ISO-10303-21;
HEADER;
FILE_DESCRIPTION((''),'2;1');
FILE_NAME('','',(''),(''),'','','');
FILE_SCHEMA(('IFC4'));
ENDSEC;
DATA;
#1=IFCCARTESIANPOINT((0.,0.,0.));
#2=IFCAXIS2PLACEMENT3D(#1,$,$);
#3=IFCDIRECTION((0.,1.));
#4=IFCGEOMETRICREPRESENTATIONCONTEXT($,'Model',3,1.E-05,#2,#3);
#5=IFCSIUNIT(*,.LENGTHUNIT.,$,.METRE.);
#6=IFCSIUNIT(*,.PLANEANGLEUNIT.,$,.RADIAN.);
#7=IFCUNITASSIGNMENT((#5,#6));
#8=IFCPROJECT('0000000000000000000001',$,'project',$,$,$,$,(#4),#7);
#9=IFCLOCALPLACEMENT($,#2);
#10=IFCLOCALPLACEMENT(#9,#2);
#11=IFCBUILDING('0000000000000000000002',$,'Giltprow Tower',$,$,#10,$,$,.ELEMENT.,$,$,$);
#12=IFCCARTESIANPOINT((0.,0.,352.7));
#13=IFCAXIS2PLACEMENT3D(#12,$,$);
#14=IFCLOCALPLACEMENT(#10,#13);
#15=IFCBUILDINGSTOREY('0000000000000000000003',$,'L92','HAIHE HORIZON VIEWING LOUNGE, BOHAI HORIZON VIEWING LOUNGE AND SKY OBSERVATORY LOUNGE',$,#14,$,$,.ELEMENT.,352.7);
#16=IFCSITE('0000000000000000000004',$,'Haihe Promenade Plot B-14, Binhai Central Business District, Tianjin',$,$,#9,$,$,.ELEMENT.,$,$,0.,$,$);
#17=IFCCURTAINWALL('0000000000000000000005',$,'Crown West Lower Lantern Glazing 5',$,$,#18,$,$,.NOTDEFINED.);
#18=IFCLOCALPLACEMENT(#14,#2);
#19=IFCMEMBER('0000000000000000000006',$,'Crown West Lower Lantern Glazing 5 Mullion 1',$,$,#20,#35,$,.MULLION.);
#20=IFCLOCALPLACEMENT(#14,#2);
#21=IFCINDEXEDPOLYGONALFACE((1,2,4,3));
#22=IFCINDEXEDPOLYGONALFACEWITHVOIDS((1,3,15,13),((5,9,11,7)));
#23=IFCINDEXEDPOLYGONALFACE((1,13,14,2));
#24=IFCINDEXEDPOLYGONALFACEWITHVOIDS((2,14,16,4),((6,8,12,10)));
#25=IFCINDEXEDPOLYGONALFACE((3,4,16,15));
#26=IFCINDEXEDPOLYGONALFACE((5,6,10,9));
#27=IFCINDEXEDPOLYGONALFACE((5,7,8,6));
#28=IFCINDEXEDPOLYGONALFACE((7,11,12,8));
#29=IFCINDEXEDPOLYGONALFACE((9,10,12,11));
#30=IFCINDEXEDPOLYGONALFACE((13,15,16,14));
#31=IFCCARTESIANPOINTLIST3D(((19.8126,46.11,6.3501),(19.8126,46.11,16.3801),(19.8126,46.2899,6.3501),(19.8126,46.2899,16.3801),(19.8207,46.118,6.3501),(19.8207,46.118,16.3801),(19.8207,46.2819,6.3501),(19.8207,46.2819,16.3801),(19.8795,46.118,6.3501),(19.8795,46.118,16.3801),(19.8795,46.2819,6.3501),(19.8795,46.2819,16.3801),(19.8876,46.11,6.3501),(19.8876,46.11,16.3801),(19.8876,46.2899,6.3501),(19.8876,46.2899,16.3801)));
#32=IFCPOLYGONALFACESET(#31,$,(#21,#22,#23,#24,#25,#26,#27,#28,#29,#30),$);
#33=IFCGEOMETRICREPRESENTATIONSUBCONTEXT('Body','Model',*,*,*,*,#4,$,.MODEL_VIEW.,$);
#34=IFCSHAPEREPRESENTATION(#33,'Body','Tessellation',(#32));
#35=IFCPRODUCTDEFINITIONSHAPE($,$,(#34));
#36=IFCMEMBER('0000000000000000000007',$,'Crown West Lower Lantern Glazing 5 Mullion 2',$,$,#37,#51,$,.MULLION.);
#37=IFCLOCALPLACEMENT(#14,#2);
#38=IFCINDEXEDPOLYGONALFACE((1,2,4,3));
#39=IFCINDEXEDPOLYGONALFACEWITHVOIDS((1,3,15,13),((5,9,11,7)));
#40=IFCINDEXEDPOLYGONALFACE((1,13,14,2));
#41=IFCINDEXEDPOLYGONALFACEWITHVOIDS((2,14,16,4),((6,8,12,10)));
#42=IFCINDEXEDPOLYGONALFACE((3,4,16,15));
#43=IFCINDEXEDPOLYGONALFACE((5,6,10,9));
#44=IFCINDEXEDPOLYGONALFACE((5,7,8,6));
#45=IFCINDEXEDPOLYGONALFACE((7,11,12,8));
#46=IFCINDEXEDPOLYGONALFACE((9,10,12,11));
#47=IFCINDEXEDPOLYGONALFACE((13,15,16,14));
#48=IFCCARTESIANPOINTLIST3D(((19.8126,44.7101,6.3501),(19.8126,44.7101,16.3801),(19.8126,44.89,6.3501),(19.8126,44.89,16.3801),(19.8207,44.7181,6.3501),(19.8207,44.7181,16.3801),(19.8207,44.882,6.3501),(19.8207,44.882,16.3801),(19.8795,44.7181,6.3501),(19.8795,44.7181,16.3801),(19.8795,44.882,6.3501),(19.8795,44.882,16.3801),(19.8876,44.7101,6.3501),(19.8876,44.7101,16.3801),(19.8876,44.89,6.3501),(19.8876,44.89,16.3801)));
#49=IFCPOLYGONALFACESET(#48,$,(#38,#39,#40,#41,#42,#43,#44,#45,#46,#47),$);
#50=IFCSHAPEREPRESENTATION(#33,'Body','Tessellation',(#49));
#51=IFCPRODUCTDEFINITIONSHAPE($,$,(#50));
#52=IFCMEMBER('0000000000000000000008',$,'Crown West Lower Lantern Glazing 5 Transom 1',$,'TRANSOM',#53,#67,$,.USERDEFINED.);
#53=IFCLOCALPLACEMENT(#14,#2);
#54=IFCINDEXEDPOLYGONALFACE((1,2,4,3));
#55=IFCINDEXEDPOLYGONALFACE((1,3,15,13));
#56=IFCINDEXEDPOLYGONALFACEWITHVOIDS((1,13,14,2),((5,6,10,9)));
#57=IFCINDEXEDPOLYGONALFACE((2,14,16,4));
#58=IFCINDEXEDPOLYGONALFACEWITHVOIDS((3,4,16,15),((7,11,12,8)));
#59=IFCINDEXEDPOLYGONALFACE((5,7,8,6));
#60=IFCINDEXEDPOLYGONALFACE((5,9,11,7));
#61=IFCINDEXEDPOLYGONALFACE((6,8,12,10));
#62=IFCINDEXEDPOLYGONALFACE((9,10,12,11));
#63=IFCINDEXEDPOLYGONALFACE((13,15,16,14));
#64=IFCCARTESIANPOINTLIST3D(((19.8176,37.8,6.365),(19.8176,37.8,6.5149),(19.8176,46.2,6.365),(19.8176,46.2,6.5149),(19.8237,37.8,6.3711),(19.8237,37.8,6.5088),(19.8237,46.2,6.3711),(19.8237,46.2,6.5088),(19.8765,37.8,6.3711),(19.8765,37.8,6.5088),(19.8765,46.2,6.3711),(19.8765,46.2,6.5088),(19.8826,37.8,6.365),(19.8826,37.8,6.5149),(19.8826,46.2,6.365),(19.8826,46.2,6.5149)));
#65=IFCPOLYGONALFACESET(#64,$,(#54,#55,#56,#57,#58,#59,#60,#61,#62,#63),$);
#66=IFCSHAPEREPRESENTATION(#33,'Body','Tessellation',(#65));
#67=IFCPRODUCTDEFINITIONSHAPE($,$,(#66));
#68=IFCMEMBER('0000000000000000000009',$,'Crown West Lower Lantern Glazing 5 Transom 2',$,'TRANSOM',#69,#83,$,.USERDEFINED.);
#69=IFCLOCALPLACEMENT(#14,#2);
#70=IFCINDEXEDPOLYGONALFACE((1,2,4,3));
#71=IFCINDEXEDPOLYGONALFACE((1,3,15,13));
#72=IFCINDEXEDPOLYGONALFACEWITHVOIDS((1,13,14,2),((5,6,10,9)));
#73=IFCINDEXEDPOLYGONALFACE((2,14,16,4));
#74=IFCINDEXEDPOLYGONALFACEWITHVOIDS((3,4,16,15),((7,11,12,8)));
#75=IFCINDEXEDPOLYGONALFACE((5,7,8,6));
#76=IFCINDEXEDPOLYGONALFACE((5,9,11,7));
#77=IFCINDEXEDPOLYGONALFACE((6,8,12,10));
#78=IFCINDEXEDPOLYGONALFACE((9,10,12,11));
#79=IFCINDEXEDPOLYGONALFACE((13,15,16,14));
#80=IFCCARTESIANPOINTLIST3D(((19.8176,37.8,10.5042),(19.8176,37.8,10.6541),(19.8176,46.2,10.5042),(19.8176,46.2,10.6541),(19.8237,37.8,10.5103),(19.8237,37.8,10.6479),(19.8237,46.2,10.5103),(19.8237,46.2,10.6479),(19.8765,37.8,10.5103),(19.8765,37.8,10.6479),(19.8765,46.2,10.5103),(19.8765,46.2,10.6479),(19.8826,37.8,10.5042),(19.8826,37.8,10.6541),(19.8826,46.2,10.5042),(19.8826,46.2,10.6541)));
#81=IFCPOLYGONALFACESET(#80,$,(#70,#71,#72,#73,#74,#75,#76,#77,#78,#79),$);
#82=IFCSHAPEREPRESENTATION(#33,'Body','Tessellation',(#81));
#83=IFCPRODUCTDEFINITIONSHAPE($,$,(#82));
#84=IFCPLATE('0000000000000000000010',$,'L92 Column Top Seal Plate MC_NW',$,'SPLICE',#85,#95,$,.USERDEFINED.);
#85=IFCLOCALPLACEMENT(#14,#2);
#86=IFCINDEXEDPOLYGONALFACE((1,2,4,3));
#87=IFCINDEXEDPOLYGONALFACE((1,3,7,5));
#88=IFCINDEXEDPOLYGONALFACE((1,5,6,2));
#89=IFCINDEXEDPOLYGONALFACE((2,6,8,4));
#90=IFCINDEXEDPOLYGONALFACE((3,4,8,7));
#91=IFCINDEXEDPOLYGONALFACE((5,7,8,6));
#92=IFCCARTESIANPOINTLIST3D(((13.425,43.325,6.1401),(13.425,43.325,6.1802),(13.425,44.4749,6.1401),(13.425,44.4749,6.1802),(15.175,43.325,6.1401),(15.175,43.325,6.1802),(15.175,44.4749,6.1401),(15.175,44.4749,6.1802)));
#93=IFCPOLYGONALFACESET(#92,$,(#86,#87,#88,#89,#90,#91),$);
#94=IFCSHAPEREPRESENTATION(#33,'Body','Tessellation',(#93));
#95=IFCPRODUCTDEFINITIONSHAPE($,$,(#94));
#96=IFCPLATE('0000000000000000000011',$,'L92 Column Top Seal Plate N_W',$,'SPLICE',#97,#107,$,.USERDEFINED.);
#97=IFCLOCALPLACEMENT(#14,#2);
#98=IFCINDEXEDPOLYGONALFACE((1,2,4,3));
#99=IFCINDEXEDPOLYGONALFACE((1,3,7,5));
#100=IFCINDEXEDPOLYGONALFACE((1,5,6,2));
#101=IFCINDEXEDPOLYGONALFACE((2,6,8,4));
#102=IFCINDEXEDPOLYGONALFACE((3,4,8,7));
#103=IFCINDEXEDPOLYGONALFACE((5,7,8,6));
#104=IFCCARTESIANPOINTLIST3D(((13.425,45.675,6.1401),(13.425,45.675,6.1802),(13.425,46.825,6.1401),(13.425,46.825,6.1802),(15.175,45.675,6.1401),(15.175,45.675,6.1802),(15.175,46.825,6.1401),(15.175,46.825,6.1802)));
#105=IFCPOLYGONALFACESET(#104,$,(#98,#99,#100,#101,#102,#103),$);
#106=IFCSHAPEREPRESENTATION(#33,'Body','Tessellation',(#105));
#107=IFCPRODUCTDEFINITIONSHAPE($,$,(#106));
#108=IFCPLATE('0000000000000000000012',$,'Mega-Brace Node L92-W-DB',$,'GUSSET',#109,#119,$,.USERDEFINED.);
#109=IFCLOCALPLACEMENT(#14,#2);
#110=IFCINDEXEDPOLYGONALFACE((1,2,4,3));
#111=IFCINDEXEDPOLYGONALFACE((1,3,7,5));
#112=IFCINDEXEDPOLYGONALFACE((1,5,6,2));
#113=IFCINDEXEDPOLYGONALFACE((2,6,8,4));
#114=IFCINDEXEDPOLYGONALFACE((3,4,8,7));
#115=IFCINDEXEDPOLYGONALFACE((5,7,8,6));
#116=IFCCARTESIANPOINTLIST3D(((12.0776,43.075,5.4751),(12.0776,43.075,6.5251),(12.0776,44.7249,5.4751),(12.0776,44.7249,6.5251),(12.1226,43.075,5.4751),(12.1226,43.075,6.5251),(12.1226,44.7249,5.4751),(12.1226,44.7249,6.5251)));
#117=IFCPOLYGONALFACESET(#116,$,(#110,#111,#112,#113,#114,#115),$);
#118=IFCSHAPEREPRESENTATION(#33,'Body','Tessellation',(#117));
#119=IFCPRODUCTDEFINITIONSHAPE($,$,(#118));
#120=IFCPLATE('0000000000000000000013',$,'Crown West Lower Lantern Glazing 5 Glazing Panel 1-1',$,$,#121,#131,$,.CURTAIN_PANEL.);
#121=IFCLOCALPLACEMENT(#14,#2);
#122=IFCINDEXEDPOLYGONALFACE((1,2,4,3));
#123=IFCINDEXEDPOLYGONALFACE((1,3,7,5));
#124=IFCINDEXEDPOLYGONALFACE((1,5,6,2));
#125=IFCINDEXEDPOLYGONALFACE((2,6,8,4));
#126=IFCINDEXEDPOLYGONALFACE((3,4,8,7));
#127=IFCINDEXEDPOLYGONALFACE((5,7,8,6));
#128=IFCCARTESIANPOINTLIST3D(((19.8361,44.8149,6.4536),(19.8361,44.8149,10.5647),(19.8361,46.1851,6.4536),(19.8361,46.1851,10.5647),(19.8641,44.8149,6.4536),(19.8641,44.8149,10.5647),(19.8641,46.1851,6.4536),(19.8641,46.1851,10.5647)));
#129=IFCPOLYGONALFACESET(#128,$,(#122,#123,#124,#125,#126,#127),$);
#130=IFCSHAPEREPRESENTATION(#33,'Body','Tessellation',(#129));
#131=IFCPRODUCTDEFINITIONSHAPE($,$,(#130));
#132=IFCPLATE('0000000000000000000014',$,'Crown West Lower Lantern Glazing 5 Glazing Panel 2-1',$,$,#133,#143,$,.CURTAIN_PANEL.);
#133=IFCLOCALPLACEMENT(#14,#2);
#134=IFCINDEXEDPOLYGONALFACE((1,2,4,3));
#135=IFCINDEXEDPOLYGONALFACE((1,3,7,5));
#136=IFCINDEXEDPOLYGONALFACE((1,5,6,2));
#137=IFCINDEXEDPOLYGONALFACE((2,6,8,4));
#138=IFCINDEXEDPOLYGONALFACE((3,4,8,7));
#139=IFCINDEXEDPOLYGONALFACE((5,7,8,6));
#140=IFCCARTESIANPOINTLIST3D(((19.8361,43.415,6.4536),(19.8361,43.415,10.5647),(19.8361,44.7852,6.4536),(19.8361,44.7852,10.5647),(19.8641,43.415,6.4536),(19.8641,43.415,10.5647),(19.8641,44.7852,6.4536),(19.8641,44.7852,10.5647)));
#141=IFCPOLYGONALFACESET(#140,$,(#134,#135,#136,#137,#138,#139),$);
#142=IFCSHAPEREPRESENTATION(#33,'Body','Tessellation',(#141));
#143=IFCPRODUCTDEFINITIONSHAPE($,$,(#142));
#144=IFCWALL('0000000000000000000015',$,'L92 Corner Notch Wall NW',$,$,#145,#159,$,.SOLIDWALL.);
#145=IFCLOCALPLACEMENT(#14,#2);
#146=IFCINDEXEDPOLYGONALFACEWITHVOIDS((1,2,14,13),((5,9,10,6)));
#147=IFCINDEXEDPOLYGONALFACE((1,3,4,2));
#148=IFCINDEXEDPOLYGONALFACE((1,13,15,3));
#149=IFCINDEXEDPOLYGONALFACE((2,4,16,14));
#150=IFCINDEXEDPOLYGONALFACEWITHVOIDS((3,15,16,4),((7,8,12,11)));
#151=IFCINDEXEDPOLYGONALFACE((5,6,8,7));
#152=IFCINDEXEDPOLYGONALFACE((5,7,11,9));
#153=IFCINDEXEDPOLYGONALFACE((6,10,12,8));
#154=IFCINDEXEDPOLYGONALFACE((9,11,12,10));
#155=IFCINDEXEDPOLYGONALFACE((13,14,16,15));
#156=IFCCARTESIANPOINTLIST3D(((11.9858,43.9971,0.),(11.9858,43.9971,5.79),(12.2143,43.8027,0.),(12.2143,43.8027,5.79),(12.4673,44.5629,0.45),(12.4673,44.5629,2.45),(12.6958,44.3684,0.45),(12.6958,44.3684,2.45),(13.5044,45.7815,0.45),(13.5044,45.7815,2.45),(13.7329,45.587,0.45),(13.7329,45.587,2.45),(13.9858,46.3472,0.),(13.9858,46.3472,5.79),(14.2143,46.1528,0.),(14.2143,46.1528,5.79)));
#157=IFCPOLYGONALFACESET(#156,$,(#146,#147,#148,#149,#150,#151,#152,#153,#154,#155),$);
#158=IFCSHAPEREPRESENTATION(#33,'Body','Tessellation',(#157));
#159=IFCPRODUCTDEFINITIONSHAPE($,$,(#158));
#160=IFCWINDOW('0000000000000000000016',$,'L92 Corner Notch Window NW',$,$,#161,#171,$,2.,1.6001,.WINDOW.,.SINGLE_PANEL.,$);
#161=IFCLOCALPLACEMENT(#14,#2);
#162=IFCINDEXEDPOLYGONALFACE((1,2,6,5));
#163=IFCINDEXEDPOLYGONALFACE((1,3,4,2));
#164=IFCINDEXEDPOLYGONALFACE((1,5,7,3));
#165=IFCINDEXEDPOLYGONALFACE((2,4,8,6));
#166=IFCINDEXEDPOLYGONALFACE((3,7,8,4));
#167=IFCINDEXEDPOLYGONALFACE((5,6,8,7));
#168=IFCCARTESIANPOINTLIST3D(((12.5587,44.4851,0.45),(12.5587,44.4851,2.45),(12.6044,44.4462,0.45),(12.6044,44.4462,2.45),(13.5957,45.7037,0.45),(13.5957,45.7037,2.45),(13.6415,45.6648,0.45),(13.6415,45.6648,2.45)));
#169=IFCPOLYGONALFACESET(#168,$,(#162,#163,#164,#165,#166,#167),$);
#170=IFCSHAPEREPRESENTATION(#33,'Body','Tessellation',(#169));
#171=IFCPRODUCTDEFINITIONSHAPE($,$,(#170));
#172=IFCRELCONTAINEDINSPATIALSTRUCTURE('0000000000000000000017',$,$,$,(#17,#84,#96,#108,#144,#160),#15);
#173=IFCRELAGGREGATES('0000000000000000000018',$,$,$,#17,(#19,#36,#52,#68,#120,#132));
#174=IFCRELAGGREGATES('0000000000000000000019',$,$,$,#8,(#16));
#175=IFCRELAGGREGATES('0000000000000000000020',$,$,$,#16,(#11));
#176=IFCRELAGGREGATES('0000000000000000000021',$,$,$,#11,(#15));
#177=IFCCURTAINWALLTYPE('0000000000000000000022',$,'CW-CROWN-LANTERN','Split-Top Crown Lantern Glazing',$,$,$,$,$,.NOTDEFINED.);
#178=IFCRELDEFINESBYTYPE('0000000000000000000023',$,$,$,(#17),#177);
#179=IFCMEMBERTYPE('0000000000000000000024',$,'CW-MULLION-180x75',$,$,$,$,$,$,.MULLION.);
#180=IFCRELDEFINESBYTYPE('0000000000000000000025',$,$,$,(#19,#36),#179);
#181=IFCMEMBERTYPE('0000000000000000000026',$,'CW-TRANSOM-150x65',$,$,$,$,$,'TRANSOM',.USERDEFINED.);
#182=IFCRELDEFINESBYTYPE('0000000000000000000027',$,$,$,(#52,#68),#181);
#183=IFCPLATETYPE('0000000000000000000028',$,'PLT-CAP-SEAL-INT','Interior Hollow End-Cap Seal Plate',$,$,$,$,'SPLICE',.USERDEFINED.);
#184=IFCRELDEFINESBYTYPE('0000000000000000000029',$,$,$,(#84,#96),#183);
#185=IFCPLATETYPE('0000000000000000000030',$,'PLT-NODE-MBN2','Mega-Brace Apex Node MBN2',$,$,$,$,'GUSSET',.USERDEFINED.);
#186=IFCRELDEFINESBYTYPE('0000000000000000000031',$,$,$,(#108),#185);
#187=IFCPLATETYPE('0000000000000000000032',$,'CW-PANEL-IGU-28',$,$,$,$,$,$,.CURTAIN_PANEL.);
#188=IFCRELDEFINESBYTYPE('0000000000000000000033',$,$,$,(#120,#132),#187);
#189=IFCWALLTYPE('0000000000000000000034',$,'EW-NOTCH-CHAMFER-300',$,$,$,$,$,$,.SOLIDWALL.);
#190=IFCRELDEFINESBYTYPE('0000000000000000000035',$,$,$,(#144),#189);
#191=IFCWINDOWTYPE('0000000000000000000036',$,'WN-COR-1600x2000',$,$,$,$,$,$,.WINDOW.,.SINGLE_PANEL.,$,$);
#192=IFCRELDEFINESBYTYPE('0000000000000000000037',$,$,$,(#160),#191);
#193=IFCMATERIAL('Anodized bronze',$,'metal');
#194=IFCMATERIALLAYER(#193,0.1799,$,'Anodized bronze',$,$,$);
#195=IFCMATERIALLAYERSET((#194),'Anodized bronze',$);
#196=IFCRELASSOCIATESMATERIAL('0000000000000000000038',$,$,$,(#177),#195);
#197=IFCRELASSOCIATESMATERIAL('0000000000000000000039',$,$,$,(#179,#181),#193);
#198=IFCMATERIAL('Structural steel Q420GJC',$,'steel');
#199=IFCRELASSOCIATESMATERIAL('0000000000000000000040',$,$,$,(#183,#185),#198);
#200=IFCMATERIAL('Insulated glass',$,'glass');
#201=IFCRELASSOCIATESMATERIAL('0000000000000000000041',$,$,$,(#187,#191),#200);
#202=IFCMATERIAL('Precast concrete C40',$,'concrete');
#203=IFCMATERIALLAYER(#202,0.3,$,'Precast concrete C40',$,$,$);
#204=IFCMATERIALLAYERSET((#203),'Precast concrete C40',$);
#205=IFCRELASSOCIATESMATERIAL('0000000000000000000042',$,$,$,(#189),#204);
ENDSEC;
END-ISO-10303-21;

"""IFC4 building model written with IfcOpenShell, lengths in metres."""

from ifc_helpers import new_model, si_unit, direction, frame, frame_2d, origin, origin_2d, place, context, subcontext, project, spatial, rectangle, hollow_rectangle, extrude, source, transform, mapped, material, layer, layer_set, material_profile, profile_set, type_object, element, fill, aggregate, save


model = new_model("IFC4")

# Units and contexts
model_context = context("Model", 3, precision=1e-05, world=origin(), true_north=direction((0.0, 1.0)))
body_context = subcontext(model_context, "Body", "Model", "MODEL_VIEW")
ifc_project = project(units=[si_unit("LENGTHUNIT", "METRE"), si_unit("PLANEANGLEUNIT", "RADIAN")], contexts=[model_context])

# Site, building, storey
site_placement = place(None, origin())
site = spatial("IfcSite", under=ifc_project, at=site_placement, Name="Haihe Promenade Plot B-14, Binhai Central Business District, Tianjin", CompositionType="ELEMENT", RefElevation=0.0)
building_placement = place(site_placement, origin())
building = spatial("IfcBuilding", under=site, at=building_placement, Name="Giltprow Tower", CompositionType="ELEMENT")
storey_placement = place(building_placement, frame((0.0, 0.0, 352.7)))
storey = spatial("IfcBuildingStorey", under=building, at=storey_placement, Name="L92", Description="HAIHE HORIZON VIEWING LOUNGE, BOHAI HORIZON VIEWING LOUNGE AND SKY OBSERVATORY LOUNGE", CompositionType="ELEMENT", Elevation=352.7)

# Shared definitions
ifc_material_1 = material(Name="Structural steel Q420GJC", Category="steel")

# Shared definitions
ifc_material_2 = material(Name="Anodized bronze", Category="metal")
ifc_layer_1 = layer(ifc_material_2, 0.1799, Name="Anodized bronze")
ifc_layer_set_1 = layer_set([ifc_layer_1], Name="Anodized bronze")
curtain_wall_type = type_object("IfcCurtainWallType", Name="CW-CROWN-LANTERN", Description="Split-Top Crown Lantern Glazing", PredefinedType="NOTDEFINED", material=ifc_layer_set_1)
ifc_material_profile_1 = material_profile(ifc_material_2, hollow_rectangle(XDim=0.075, YDim=0.1799, WallThickness=0.0081, at=origin_2d()), Name="RHS 180x75x8")
ifc_profile_set_1 = profile_set([ifc_material_profile_1], Name="Anodized bronze")
member_type_1 = type_object("IfcMemberType", Name="CW-MULLION-180x75", PredefinedType="MULLION", material=ifc_profile_set_1)
shared_shape_1 = source(origin(), body_context, "Body", "SweptSolid", [
    extrude(hollow_rectangle(XDim=0.075, YDim=0.1799, WallThickness=0.0081, at=origin_2d()), origin(), (0.0, 0.0, 1.0), 10.03),
])

# Curtain wall, members
curtain_wall_1_placement = place(storey_placement, origin())
curtain_wall_1 = element("IfcCurtainWall", 1, at=curtain_wall_1_placement, inside=storey, type_object=curtain_wall_type, Name="Crown West Lower Lantern Glazing 5", PredefinedType="NOTDEFINED")
member_1_placement = place(storey_placement, frame((19.8501, 46.2, 6.3501), z_axis=(0.0, 0.0, 1.0), x_axis=(1.0, 0.0, 0.0)))
member_1 = element("IfcMember", 2, at=member_1_placement, type_object=member_type_1, Name="Crown West Lower Lantern Glazing 5 Mullion 1", PredefinedType="MULLION", context=body_context, shape_type="MappedRepresentation", body=[
    mapped(shared_shape_1, transform((0.0, 0.0, 0.0), x_axis=(1.0, 0.0, 0.0), y_axis=(0.0, 1.0, 0.0), z_axis=(0.0, 0.0, 1.0), scale=1.0)),
])
member_2_placement = place(storey_placement, frame((19.8501, 44.8, 6.3501), z_axis=(0.0, 0.0, 1.0), x_axis=(1.0, 0.0, 0.0)))
member_2 = element("IfcMember", 3, at=member_2_placement, type_object=member_type_1, Name="Crown West Lower Lantern Glazing 5 Mullion 2", PredefinedType="MULLION", context=body_context, shape_type="MappedRepresentation", body=[
    mapped(shared_shape_1, transform((0.0, 0.0, 0.0), x_axis=(1.0, 0.0, 0.0), y_axis=(0.0, 1.0, 0.0), z_axis=(0.0, 0.0, 1.0), scale=1.0)),
])
ifc_material_profile_2 = material_profile(ifc_material_2, hollow_rectangle(XDim=0.0649, YDim=0.1499, WallThickness=0.0061, at=origin_2d()), Name="RHS 150x65x6")
ifc_profile_set_2 = profile_set([ifc_material_profile_2], Name="Anodized bronze")
member_type_2 = type_object("IfcMemberType", Name="CW-TRANSOM-150x65", ElementType="TRANSOM", PredefinedType="USERDEFINED", material=ifc_profile_set_2)
shared_shape_2 = source(origin(), body_context, "Body", "SweptSolid", [
    extrude(hollow_rectangle(XDim=0.0649, YDim=0.1499, WallThickness=0.0061, at=origin_2d()), origin(), (0.0, 0.0, 1.0), 8.3999),
])
member_3_placement = place(storey_placement, frame((19.8501, 46.2, 6.4399), z_axis=(0.0, -1.0, 0.0), x_axis=(1.0, 0.0, 0.0)))
member_3 = element("IfcMember", 4, at=member_3_placement, type_object=member_type_2, Name="Crown West Lower Lantern Glazing 5 Transom 1", ObjectType="TRANSOM", PredefinedType="USERDEFINED", context=body_context, shape_type="MappedRepresentation", body=[
    mapped(shared_shape_2, transform((0.0, 0.0, 0.0), x_axis=(1.0, 0.0, 0.0), y_axis=(0.0, 1.0, 0.0), z_axis=(0.0, 0.0, 1.0), scale=1.0)),
])
member_4_placement = place(storey_placement, frame((19.8501, 46.2, 10.5791), z_axis=(0.0, -1.0, 0.0), x_axis=(1.0, 0.0, 0.0)))
member_4 = element("IfcMember", 5, at=member_4_placement, type_object=member_type_2, Name="Crown West Lower Lantern Glazing 5 Transom 2", ObjectType="TRANSOM", PredefinedType="USERDEFINED", context=body_context, shape_type="MappedRepresentation", body=[
    mapped(shared_shape_2, transform((0.0, 0.0, 0.0), x_axis=(1.0, 0.0, 0.0), y_axis=(0.0, 1.0, 0.0), z_axis=(0.0, 0.0, 1.0), scale=1.0)),
])

# Plates
plate_type_1 = type_object("IfcPlateType", Name="PLT-CAP-SEAL-INT", Description="Interior Hollow End-Cap Seal Plate", ElementType="SPLICE", PredefinedType="USERDEFINED", material=ifc_material_1)
shared_shape_3 = source(origin(), body_context, "Body", "SweptSolid", [
    extrude(rectangle(XDim=1.75, YDim=1.1499, at=origin_2d()), origin(), (0.0, 0.0, 1.0), 0.04),
])
for number, where, z_axis, x_axis, name in (
    (6, (14.3, 43.8999, 6.1401), (0.0, 0.0, 1.0), (1.0, 0.0, 0.0), "L92 Column Top Seal Plate MC_NW"),
    (7, (14.3, 46.25, 6.1401), (0.0, 0.0, 1.0), (1.0, 0.0, 0.0), "L92 Column Top Seal Plate N_W"),
):
    element("IfcPlate", number, at=place(storey_placement, frame(where, z_axis=z_axis, x_axis=x_axis)), inside=storey, type_object=plate_type_1, Name=name, ObjectType="SPLICE", PredefinedType="USERDEFINED", context=body_context, shape_type="MappedRepresentation", body=[
        mapped(shared_shape_3, transform((0.0, 0.0, 0.0), x_axis=(1.0, 0.0, 0.0), y_axis=(0.0, 1.0, 0.0), z_axis=(0.0, 0.0, 1.0), scale=1.0)),
    ])
plate_type_2 = type_object("IfcPlateType", Name="PLT-NODE-MBN2", Description="Mega-Brace Apex Node MBN2", ElementType="GUSSET", PredefinedType="USERDEFINED", material=ifc_material_1)
shared_shape_4 = source(origin(), body_context, "Body", "SweptSolid", [
    extrude(rectangle(XDim=1.6499, YDim=0.0449, at=origin_2d()), origin(), (0.0, 0.0, 1.0), 1.05),
])
plate_1_placement = place(storey_placement, frame((12.1001, 43.8999, 5.4751), z_axis=(0.0, 0.0, 1.0), x_axis=(0.0, 1.0, 0.0)))
element("IfcPlate", 8, at=plate_1_placement, inside=storey, type_object=plate_type_2, Name="Mega-Brace Node L92-W-DB", ObjectType="GUSSET", PredefinedType="USERDEFINED", context=body_context, shape_type="MappedRepresentation", body=[
    mapped(shared_shape_4, transform((0.0, 0.0, 0.0), x_axis=(1.0, 0.0, 0.0), y_axis=(0.0, 1.0, 0.0), z_axis=(0.0, 0.0, 1.0), scale=1.0)),
])

# Plates
ifc_material_3 = material(Name="Insulated glass", Category="glass")
plate_type_3 = type_object("IfcPlateType", Name="CW-PANEL-IGU-28", PredefinedType="CURTAIN_PANEL", material=ifc_material_3)
shared_shape_5 = source(origin(), body_context, "Body", "SweptSolid", [
    extrude(rectangle(XDim=1.3701, YDim=0.0281, at=origin_2d()), origin(), (0.0, 0.0, 1.0), 4.1111),
])
plate_2_placement = place(storey_placement, frame((19.8501, 45.5, 6.4536), z_axis=(0.0, 0.0, 1.0), x_axis=(0.0, -1.0, 0.0)))
plate_2 = element("IfcPlate", 9, at=plate_2_placement, type_object=plate_type_3, Name="Crown West Lower Lantern Glazing 5 Glazing Panel 1-1", PredefinedType="CURTAIN_PANEL", context=body_context, shape_type="MappedRepresentation", body=[
    mapped(shared_shape_5, transform((0.0, 0.0, 0.0), x_axis=(1.0, 0.0, 0.0), y_axis=(0.0, 1.0, 0.0), z_axis=(0.0, 0.0, 1.0), scale=1.0)),
])
plate_3_placement = place(storey_placement, frame((19.8501, 44.1001, 6.4536), z_axis=(0.0, 0.0, 1.0), x_axis=(0.0, -1.0, 0.0)))
plate_3 = element("IfcPlate", 10, at=plate_3_placement, type_object=plate_type_3, Name="Crown West Lower Lantern Glazing 5 Glazing Panel 2-1", PredefinedType="CURTAIN_PANEL", context=body_context, shape_type="MappedRepresentation", body=[
    mapped(shared_shape_5, transform((0.0, 0.0, 0.0), x_axis=(1.0, 0.0, 0.0), y_axis=(0.0, 1.0, 0.0), z_axis=(0.0, 0.0, 1.0), scale=1.0)),
])
aggregate(curtain_wall_1, [member_1, member_2, member_3, member_4, plate_2, plate_3])

# Wall, opening, window
ifc_material_4 = material(Name="Precast concrete C40", Category="concrete")
ifc_layer_2 = layer(ifc_material_4, 0.3, Name="Precast concrete C40")
ifc_layer_set_2 = layer_set([ifc_layer_2], Name="Precast concrete C40")
wall_type_1 = type_object("IfcWallType", Name="EW-NOTCH-CHAMFER-300", PredefinedType="SOLIDWALL", material=ifc_layer_set_2)
wall_1_placement = place(storey_placement, frame((14.1001, 46.25, 0.0), z_axis=(0.0, 0.0, 1.0), x_axis=(-0.648103, -0.761553, 0.0)))
wall_1 = element("IfcWall", 11, at=wall_1_placement, inside=storey, type_object=wall_type_1, Name="L92 Corner Notch Wall NW", PredefinedType="SOLIDWALL", context=body_context, shape_type="SweptSolid", body=[
    extrude(rectangle(XDim=3.0859, YDim=0.3, at=frame_2d((1.543, 0.0))), origin(), (0.0, 0.0, 1.0), 5.79),
])
opening_1_placement = place(wall_1_placement, frame((0.7429, 0.0, 0.45)))
opening_1 = element("IfcOpeningElement", 12, at=opening_1_placement, cuts=wall_1, PredefinedType="OPENING", context=body_context, shape_type="SweptSolid", body=[
    extrude(rectangle(XDim=1.6001, YDim=2.0, at=frame_2d((0.8, 1.0))), frame((0.0, 0.1599, 0.0), z_axis=(0.0, -1.0, 0.0), x_axis=(1.0, 0.0, 0.0)), (0.0, 0.0, 1.0), 0.3201),
])
window_type = type_object("IfcWindowType", Name="WN-COR-1600x2000", PartitioningType="SINGLE_PANEL", PredefinedType="WINDOW", material=ifc_material_3)
shared_shape_6 = source(origin(), body_context, "Body", "SweptSolid", [
    extrude(rectangle(XDim=1.6001, YDim=2.0, at=frame_2d((0.8, 1.0))), frame((0.0, 0.03, 0.0), z_axis=(0.0, -1.0, 0.0), x_axis=(1.0, 0.0, 0.0)), (0.0, 0.0, 1.0), 0.0601),
])
window_1_placement = place(opening_1_placement, origin())
window_1 = element("IfcWindow", 13, at=window_1_placement, inside=storey, type_object=window_type, Name="L92 Corner Notch Window NW", OverallHeight=2.0, OverallWidth=1.6001, PartitioningType="SINGLE_PANEL", PredefinedType="WINDOW", context=body_context, shape_type="MappedRepresentation", body=[
    mapped(shared_shape_6, transform((0.0, 0.0, 0.0), x_axis=(1.0, 0.0, 0.0), y_axis=(0.0, 1.0, 0.0), z_axis=(0.0, 0.0, 1.0), scale=1.0)),
])
fill(opening_1, window_1)

save(model, "model.ifc")
